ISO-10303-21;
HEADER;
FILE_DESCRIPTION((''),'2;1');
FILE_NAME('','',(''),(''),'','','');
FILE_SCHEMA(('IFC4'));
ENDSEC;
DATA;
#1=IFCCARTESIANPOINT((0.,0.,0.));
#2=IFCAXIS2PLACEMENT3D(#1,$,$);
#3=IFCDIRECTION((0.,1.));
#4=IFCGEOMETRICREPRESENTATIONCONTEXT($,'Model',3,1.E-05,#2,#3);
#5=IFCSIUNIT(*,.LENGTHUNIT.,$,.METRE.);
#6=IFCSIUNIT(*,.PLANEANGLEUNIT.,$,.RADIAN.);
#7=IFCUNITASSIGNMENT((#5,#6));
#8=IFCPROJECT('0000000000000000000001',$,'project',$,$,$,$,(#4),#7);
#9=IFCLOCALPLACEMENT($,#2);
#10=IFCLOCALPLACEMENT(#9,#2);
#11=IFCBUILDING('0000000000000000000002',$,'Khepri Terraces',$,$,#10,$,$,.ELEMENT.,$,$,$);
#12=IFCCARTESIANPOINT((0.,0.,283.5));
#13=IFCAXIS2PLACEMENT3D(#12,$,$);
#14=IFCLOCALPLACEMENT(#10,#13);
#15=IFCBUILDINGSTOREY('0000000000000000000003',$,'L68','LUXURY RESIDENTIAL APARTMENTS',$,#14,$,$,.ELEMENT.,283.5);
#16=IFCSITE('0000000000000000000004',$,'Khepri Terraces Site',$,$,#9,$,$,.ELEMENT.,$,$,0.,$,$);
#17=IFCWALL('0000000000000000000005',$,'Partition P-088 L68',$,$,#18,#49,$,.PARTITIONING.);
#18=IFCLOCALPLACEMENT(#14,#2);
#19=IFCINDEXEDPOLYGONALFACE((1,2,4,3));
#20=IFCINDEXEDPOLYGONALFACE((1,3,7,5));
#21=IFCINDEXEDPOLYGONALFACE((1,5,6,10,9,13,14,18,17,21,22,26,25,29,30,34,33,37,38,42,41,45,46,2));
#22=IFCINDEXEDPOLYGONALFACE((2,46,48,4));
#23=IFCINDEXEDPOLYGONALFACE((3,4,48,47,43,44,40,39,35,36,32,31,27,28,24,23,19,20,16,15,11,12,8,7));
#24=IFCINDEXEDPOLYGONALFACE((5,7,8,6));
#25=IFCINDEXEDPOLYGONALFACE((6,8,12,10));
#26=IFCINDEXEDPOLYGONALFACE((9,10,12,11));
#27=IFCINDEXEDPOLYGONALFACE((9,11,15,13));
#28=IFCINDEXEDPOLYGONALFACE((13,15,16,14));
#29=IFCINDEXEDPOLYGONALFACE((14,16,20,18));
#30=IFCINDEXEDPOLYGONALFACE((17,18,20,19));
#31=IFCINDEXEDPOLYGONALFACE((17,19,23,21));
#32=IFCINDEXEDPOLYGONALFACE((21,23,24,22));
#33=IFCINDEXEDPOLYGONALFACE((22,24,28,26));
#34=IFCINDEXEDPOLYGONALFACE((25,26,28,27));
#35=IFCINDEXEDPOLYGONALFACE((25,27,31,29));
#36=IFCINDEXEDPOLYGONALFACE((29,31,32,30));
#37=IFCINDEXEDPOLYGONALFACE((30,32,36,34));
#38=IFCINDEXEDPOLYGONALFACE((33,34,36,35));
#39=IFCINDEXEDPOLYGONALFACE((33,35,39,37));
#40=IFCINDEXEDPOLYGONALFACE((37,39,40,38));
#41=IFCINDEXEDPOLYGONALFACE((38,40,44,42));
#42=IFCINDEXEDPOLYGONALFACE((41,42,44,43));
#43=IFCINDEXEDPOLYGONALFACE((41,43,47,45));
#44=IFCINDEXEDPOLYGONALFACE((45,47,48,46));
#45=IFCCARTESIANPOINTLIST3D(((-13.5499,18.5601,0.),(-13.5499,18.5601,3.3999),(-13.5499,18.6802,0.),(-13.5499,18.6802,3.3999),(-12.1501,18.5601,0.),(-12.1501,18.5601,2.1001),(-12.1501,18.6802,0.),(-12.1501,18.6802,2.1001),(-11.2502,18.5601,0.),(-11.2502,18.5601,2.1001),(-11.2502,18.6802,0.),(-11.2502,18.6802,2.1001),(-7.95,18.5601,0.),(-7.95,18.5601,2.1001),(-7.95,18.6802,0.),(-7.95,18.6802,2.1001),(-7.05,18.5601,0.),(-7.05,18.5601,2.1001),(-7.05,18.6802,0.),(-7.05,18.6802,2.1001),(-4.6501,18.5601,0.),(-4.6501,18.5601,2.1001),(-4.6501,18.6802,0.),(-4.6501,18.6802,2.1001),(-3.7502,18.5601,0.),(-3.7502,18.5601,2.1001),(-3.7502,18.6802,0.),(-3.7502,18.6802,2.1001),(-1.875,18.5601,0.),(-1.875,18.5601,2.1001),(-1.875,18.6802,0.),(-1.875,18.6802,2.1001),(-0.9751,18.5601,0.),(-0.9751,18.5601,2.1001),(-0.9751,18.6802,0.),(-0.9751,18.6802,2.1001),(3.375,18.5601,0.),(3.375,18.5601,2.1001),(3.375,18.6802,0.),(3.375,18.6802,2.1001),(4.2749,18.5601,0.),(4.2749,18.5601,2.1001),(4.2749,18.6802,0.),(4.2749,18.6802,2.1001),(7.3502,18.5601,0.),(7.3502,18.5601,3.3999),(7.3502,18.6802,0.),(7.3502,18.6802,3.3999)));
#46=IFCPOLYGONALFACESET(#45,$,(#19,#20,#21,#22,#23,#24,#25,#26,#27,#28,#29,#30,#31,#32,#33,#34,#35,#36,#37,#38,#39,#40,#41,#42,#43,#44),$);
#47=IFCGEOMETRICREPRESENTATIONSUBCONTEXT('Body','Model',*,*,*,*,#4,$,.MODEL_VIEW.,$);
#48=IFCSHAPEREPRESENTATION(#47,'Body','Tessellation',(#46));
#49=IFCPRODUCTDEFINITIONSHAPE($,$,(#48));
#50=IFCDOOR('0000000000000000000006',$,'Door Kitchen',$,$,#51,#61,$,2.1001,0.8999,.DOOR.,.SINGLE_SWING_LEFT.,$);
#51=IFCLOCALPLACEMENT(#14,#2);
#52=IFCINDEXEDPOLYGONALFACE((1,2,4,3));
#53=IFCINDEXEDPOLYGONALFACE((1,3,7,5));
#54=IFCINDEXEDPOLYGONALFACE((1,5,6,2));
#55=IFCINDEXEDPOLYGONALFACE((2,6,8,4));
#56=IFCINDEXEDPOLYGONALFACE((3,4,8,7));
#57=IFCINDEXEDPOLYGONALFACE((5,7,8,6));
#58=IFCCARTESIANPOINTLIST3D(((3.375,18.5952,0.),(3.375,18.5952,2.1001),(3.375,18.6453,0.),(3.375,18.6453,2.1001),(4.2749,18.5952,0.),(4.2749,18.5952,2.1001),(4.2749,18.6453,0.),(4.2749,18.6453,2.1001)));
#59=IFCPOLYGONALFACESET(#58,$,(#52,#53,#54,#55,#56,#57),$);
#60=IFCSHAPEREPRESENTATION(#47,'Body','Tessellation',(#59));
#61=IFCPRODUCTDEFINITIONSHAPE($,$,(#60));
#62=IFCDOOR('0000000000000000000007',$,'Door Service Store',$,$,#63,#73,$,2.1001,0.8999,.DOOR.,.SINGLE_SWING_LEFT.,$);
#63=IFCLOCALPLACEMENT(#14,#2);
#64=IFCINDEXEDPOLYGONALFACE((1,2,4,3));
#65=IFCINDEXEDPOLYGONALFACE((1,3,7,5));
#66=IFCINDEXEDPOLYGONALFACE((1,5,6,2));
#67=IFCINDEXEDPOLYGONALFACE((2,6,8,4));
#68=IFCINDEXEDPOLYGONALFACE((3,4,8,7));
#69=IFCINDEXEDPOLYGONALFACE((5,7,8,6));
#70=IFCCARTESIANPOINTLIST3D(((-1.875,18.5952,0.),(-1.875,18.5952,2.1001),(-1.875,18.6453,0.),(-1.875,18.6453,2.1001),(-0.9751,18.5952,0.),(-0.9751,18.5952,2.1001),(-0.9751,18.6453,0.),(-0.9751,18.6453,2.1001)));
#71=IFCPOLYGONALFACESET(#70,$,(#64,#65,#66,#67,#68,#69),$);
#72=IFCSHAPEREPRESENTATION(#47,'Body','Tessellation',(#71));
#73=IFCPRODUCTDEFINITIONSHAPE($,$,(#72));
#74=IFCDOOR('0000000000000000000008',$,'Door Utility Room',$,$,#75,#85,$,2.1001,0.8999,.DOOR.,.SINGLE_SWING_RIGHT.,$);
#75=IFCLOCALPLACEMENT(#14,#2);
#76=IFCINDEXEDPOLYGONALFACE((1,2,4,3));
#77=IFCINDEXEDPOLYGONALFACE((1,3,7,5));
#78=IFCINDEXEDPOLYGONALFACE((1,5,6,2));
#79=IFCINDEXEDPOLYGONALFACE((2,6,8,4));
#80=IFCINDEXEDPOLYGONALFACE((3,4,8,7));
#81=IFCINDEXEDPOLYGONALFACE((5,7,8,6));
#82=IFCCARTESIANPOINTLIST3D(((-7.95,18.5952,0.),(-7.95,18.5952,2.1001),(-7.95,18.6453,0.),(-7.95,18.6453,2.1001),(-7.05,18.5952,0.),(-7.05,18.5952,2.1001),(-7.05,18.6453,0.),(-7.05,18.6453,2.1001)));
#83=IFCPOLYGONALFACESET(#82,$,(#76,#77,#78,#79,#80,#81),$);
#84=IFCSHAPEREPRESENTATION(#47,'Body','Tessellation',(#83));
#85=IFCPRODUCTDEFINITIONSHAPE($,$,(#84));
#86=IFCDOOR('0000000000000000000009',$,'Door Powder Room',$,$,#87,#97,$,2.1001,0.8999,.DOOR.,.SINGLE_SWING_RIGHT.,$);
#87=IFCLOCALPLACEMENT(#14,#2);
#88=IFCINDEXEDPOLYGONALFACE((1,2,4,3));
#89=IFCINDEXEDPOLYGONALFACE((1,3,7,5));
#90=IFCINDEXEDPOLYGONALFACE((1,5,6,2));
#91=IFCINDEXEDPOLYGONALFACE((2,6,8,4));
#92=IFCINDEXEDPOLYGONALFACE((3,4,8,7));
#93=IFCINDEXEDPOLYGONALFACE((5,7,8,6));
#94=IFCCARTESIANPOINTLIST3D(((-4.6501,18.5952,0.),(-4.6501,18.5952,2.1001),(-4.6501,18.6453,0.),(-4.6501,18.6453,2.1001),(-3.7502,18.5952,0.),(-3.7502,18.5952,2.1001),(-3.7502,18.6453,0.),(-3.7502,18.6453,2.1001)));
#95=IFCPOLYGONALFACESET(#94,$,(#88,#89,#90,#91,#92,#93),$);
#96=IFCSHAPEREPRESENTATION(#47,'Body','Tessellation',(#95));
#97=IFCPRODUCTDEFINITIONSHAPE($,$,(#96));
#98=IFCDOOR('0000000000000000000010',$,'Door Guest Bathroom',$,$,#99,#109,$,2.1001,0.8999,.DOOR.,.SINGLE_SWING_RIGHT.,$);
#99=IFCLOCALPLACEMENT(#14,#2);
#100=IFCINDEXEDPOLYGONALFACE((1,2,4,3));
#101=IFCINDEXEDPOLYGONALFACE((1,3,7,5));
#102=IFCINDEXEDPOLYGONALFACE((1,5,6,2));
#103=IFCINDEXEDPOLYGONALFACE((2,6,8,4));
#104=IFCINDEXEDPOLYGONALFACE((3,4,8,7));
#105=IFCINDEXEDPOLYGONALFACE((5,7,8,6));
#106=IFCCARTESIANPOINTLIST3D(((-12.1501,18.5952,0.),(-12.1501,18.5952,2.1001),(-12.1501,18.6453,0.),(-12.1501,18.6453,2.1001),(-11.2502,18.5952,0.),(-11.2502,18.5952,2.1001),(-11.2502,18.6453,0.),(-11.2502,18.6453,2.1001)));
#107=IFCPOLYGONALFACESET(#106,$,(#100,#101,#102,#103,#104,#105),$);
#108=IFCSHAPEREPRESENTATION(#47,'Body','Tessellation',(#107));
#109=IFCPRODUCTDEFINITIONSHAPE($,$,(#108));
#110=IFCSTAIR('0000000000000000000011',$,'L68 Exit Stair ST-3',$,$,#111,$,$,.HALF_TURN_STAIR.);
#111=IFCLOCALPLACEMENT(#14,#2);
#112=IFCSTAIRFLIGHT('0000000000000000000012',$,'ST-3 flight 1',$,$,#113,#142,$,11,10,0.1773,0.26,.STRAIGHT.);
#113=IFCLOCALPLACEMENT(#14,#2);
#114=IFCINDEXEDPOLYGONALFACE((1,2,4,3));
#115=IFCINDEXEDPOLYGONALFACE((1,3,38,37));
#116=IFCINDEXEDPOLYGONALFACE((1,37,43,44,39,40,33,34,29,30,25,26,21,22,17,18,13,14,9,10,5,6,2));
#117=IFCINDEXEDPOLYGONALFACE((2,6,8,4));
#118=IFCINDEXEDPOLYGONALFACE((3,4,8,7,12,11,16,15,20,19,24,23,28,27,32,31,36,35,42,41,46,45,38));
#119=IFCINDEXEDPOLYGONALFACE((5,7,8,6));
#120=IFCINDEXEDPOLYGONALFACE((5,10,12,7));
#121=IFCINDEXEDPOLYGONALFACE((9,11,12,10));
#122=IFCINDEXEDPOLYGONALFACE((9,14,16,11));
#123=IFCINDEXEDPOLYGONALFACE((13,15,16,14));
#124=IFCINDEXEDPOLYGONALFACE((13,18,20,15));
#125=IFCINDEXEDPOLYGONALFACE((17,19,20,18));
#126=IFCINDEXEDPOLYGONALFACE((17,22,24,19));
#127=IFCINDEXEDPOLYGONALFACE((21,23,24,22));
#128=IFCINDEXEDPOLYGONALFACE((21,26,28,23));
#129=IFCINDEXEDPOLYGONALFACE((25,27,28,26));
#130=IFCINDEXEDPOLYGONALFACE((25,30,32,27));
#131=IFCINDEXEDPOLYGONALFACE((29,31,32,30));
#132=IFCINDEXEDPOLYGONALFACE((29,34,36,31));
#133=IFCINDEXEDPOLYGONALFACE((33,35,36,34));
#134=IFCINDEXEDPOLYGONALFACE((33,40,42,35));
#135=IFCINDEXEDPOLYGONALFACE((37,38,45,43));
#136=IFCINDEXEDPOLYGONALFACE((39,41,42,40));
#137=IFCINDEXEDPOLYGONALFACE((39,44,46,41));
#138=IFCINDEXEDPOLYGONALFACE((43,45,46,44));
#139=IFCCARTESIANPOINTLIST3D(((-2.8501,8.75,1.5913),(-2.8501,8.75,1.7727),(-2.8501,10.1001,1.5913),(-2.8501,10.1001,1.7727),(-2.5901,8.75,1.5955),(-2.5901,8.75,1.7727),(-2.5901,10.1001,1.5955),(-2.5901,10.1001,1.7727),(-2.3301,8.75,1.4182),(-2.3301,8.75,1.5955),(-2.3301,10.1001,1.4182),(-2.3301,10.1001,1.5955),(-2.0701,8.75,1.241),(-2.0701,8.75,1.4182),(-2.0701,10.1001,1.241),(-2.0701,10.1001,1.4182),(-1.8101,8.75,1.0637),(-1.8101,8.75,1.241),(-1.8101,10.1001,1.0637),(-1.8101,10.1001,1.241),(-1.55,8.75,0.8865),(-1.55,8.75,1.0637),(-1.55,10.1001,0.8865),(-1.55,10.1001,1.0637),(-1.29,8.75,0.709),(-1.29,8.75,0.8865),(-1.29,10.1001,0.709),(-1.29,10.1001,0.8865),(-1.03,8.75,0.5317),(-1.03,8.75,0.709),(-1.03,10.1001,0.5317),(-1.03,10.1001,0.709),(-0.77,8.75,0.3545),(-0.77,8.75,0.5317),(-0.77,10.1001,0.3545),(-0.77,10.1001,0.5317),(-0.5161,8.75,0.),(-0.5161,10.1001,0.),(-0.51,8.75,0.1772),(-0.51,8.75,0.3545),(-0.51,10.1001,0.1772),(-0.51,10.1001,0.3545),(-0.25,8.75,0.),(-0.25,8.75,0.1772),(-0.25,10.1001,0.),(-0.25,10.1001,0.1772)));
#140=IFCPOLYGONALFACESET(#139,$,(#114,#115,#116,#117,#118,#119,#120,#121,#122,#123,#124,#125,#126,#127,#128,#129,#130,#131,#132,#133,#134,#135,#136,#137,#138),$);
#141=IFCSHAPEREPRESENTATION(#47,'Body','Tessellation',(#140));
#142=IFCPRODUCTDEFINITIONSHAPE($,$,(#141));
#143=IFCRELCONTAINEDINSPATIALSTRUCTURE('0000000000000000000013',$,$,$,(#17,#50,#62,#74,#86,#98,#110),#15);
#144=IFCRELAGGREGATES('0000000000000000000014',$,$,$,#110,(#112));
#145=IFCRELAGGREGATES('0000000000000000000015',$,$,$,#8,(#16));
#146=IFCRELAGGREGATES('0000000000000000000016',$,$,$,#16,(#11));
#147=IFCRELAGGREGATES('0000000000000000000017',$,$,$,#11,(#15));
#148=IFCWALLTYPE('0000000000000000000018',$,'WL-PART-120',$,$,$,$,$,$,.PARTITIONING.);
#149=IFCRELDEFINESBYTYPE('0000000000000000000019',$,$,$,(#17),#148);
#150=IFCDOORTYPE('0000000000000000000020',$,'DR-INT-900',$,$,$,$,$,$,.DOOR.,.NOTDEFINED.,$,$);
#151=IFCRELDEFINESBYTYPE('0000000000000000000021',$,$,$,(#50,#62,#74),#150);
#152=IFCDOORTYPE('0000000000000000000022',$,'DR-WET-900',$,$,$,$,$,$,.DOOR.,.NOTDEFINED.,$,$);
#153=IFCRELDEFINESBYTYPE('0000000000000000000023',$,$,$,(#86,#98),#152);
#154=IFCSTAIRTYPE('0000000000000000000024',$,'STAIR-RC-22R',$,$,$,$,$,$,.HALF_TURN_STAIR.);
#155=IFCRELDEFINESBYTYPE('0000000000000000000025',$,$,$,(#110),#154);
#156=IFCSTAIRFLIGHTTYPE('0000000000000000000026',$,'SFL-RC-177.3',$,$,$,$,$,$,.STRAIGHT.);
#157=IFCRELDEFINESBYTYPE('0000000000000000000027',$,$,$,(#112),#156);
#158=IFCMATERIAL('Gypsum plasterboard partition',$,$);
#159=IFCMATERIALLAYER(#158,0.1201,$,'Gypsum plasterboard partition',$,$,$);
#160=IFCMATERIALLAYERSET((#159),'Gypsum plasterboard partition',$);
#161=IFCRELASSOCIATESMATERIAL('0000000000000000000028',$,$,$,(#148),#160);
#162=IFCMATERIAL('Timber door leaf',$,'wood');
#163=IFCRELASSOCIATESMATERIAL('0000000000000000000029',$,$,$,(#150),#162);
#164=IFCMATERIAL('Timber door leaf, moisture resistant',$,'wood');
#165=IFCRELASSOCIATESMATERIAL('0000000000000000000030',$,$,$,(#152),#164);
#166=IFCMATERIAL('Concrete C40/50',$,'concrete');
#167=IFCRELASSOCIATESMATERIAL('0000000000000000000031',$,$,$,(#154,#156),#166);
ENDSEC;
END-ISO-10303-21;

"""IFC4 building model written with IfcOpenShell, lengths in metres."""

from ifc_helpers import new_model, si_unit, direction, frame, frame_2d, origin, place, context, subcontext, project, spatial, polyline, rectangle, outline, extrude, material, layer, layer_set, type_object, element, fill, aggregate, save


model = new_model("IFC4")

# Units and contexts
model_context = context("Model", 3, precision=1e-05, world=origin(), true_north=direction((0.0, 1.0)))
body_context = subcontext(model_context, "Body", "Model", "MODEL_VIEW")
ifc_project = project(units=[si_unit("LENGTHUNIT", "METRE"), si_unit("PLANEANGLEUNIT", "RADIAN")], contexts=[model_context])

# Site, building, storey
site_placement = place(None, origin())
site = spatial("IfcSite", under=ifc_project, at=site_placement, Name="Khepri Terraces Site", CompositionType="ELEMENT", RefElevation=0.0)
building_placement = place(site_placement, origin())
building = spatial("IfcBuilding", under=site, at=building_placement, Name="Khepri Terraces", CompositionType="ELEMENT")
storey_placement = place(building_placement, frame((0.0, 0.0, 283.5)))
storey = spatial("IfcBuildingStorey", under=building, at=storey_placement, Name="L68", Description="LUXURY RESIDENTIAL APARTMENTS", CompositionType="ELEMENT", Elevation=283.5)

# Shared definitions
ifc_material_1 = material(Name="Concrete C40/50", Category="concrete")

# Shared definitions
ifc_material_2 = material(Name="Gypsum plasterboard partition")
ifc_layer_1 = layer(ifc_material_2, 0.1201, Name="Gypsum plasterboard partition")
ifc_layer_set_1 = layer_set([ifc_layer_1], Name="Gypsum plasterboard partition")
wall_type_1 = type_object("IfcWallType", Name="WL-PART-120", PredefinedType="PARTITIONING", material=ifc_layer_set_1)

# Wall, openings, doors
wall_1_placement = place(storey_placement, frame((-13.55, 18.6201, 0.0), z_axis=(0.0, 0.0, 1.0), x_axis=(1.0, 0.0, 0.0)))
wall_1 = element("IfcWall", 1, at=wall_1_placement, inside=storey, type_object=wall_type_1, Name="Partition P-088 L68", PredefinedType="PARTITIONING", context=body_context, shape_type="SweptSolid", body=[
    extrude(rectangle(XDim=20.9001, YDim=0.1201, at=frame_2d((10.4502, 0.0))), origin(), (0.0, 0.0, 1.0), 3.3999),
])
opening_1_placement = place(wall_1_placement, frame((16.925, 0.0, 0.0)))
opening_1 = element("IfcOpeningElement", 2, at=opening_1_placement, cuts=wall_1, PredefinedType="OPENING", context=body_context, shape_type="SweptSolid", body=[
    extrude(rectangle(XDim=0.8999, YDim=2.1001, at=frame_2d((0.45, 1.05))), frame((0.0, 0.0701, 0.0), z_axis=(0.0, -1.0, 0.0), x_axis=(1.0, 0.0, 0.0)), (0.0, 0.0, 1.0), 0.1401),
])
opening_2_placement = place(wall_1_placement, frame((11.675, 0.0, 0.0)))
opening_2 = element("IfcOpeningElement", 3, at=opening_2_placement, cuts=wall_1, PredefinedType="OPENING", context=body_context, shape_type="SweptSolid", body=[
    extrude(rectangle(XDim=0.8999, YDim=2.1001, at=frame_2d((0.45, 1.05))), frame((0.0, 0.0701, 0.0), z_axis=(0.0, -1.0, 0.0), x_axis=(1.0, 0.0, 0.0)), (0.0, 0.0, 1.0), 0.1401),
])
opening_3_placement = place(wall_1_placement, frame((8.8999, 0.0, 0.0)))
opening_3 = element("IfcOpeningElement", 4, at=opening_3_placement, cuts=wall_1, PredefinedType="OPENING", context=body_context, shape_type="SweptSolid", body=[
    extrude(rectangle(XDim=0.8999, YDim=2.1001, at=frame_2d((0.45, 1.05))), frame((0.0, 0.0701, 0.0), z_axis=(0.0, -1.0, 0.0), x_axis=(1.0, 0.0, 0.0)), (0.0, 0.0, 1.0), 0.1401),
])
opening_4_placement = place(wall_1_placement, frame((5.6001, 0.0, 0.0)))
opening_4 = element("IfcOpeningElement", 5, at=opening_4_placement, cuts=wall_1, PredefinedType="OPENING", context=body_context, shape_type="SweptSolid", body=[
    extrude(rectangle(XDim=0.8999, YDim=2.1001, at=frame_2d((0.45, 1.05))), frame((0.0, 0.0701, 0.0), z_axis=(0.0, -1.0, 0.0), x_axis=(1.0, 0.0, 0.0)), (0.0, 0.0, 1.0), 0.1401),
])
opening_5_placement = place(wall_1_placement, frame((1.3999, 0.0, 0.0)))
opening_5 = element("IfcOpeningElement", 6, at=opening_5_placement, cuts=wall_1, PredefinedType="OPENING", context=body_context, shape_type="SweptSolid", body=[
    extrude(rectangle(XDim=0.8999, YDim=2.1001, at=frame_2d((0.45, 1.05))), frame((0.0, 0.0701, 0.0), z_axis=(0.0, -1.0, 0.0), x_axis=(1.0, 0.0, 0.0)), (0.0, 0.0, 1.0), 0.1401),
])
ifc_material_3 = material(Name="Timber door leaf", Category="wood")
door_type_1 = type_object("IfcDoorType", Name="DR-INT-900", OperationType="NOTDEFINED", PredefinedType="DOOR", material=ifc_material_3)
door_1_placement = place(opening_1_placement, frame((0.8999, 0.0, 0.0), z_axis=(0.0, 0.0, 1.0), x_axis=(-1.0, 0.0, 0.0)))
door_1 = element("IfcDoor", 7, at=door_1_placement, inside=storey, type_object=door_type_1, Name="Door Kitchen", OperationType="SINGLE_SWING_LEFT", OverallHeight=2.1001, OverallWidth=0.8999, PredefinedType="DOOR", context=body_context, shape_type="SweptSolid", body=[
    extrude(rectangle(XDim=0.8999, YDim=2.1001, at=frame_2d((0.45, 1.05))), frame((0.0, 0.0249, 0.0), z_axis=(0.0, -1.0, 0.0), x_axis=(1.0, 0.0, 0.0)), (0.0, 0.0, 1.0), 0.05),
])
fill(opening_1, door_1)
door_2_placement = place(opening_2_placement, frame((0.8999, 0.0, 0.0), z_axis=(0.0, 0.0, 1.0), x_axis=(-1.0, 0.0, 0.0)))
door_2 = element("IfcDoor", 8, at=door_2_placement, inside=storey, type_object=door_type_1, Name="Door Service Store", OperationType="SINGLE_SWING_LEFT", OverallHeight=2.1001, OverallWidth=0.8999, PredefinedType="DOOR", context=body_context, shape_type="SweptSolid", body=[
    extrude(rectangle(XDim=0.8999, YDim=2.1001, at=frame_2d((0.45, 1.05))), frame((0.0, 0.0249, 0.0), z_axis=(0.0, -1.0, 0.0), x_axis=(1.0, 0.0, 0.0)), (0.0, 0.0, 1.0), 0.05),
])
fill(opening_2, door_2)
door_3_placement = place(opening_4_placement, frame((0.8999, 0.0, 0.0), z_axis=(0.0, 0.0, 1.0), x_axis=(-1.0, 0.0, 0.0)))
door_3 = element("IfcDoor", 9, at=door_3_placement, inside=storey, type_object=door_type_1, Name="Door Utility Room", OperationType="SINGLE_SWING_RIGHT", OverallHeight=2.1001, OverallWidth=0.8999, PredefinedType="DOOR", context=body_context, shape_type="SweptSolid", body=[
    extrude(rectangle(XDim=0.8999, YDim=2.1001, at=frame_2d((0.45, 1.05))), frame((0.0, 0.0249, 0.0), z_axis=(0.0, -1.0, 0.0), x_axis=(1.0, 0.0, 0.0)), (0.0, 0.0, 1.0), 0.05),
])
fill(opening_4, door_3)
ifc_material_4 = material(Name="Timber door leaf, moisture resistant", Category="wood")
door_type_2 = type_object("IfcDoorType", Name="DR-WET-900", OperationType="NOTDEFINED", PredefinedType="DOOR", material=ifc_material_4)
door_4_placement = place(opening_3_placement, frame((0.8999, 0.0, 0.0), z_axis=(0.0, 0.0, 1.0), x_axis=(-1.0, 0.0, 0.0)))
door_4 = element("IfcDoor", 10, at=door_4_placement, inside=storey, type_object=door_type_2, Name="Door Powder Room", OperationType="SINGLE_SWING_RIGHT", OverallHeight=2.1001, OverallWidth=0.8999, PredefinedType="DOOR", context=body_context, shape_type="SweptSolid", body=[
    extrude(rectangle(XDim=0.8999, YDim=2.1001, at=frame_2d((0.45, 1.05))), frame((0.0, 0.0249, 0.0), z_axis=(0.0, -1.0, 0.0), x_axis=(1.0, 0.0, 0.0)), (0.0, 0.0, 1.0), 0.05),
])
fill(opening_3, door_4)
door_5_placement = place(opening_5_placement, frame((0.8999, 0.0, 0.0), z_axis=(0.0, 0.0, 1.0), x_axis=(-1.0, 0.0, 0.0)))
door_5 = element("IfcDoor", 11, at=door_5_placement, inside=storey, type_object=door_type_2, Name="Door Guest Bathroom", OperationType="SINGLE_SWING_RIGHT", OverallHeight=2.1001, OverallWidth=0.8999, PredefinedType="DOOR", context=body_context, shape_type="SweptSolid", body=[
    extrude(rectangle(XDim=0.8999, YDim=2.1001, at=frame_2d((0.45, 1.05))), frame((0.0, 0.0249, 0.0), z_axis=(0.0, -1.0, 0.0), x_axis=(1.0, 0.0, 0.0)), (0.0, 0.0, 1.0), 0.05),
])
fill(opening_5, door_5)

# Stair, stair flight
stair_type = type_object("IfcStairType", Name="STAIR-RC-22R", PredefinedType="HALF_TURN_STAIR", material=ifc_material_1)
stair_placement = place(storey_placement, origin())
stair = element("IfcStair", 12, at=stair_placement, inside=storey, type_object=stair_type, Name="L68 Exit Stair ST-3", PredefinedType="HALF_TURN_STAIR")
stair_flight_type = type_object("IfcStairFlightType", Name="SFL-RC-177.3", PredefinedType="STRAIGHT", material=ifc_material_1)
stair_flight_placement = place(storey_placement, frame((-0.25, 9.425, 0.0), z_axis=(0.0, 0.0, 1.0), x_axis=(-1.0, 0.0, 0.0)))
stair_flight = element("IfcStairFlight", 13, at=stair_flight_placement, type_object=stair_flight_type, Name="ST-3 flight 1", NumberOfRisers=11, NumberOfTreads=10, PredefinedType="STRAIGHT", RiserHeight=0.1773, TreadLength=0.26, context=body_context, shape_type="SweptSolid", body=[
    extrude(outline(polyline([(0.0, 0.0), (0.0, 0.1772), (0.26, 0.1772), (0.26, 0.3545), (0.52, 0.3545), (0.52, 0.5317), (0.78, 0.5317), (0.78, 0.709), (1.04, 0.709), (1.04, 0.8865), (1.3, 0.8865), (1.3, 1.0637), (1.5601, 1.0637), (1.5601, 1.241), (1.8201, 1.241), (1.8201, 1.4182), (2.0801, 1.4182), (2.0801, 1.5955), (2.3401, 1.5955), (2.3401, 1.7727), (2.6001, 1.7727), (2.6001, 1.95), (2.6001, 1.5913), (0.2661, 0.0), (0.0, 0.0)])), frame((0.0, 0.675, 0.0), z_axis=(0.0, -1.0, 0.0), x_axis=(1.0, 0.0, 0.0)), (0.0, 0.0, 1.0), 1.3501),
])
aggregate(stair, [stair_flight])

save(model, "model.ifc")
